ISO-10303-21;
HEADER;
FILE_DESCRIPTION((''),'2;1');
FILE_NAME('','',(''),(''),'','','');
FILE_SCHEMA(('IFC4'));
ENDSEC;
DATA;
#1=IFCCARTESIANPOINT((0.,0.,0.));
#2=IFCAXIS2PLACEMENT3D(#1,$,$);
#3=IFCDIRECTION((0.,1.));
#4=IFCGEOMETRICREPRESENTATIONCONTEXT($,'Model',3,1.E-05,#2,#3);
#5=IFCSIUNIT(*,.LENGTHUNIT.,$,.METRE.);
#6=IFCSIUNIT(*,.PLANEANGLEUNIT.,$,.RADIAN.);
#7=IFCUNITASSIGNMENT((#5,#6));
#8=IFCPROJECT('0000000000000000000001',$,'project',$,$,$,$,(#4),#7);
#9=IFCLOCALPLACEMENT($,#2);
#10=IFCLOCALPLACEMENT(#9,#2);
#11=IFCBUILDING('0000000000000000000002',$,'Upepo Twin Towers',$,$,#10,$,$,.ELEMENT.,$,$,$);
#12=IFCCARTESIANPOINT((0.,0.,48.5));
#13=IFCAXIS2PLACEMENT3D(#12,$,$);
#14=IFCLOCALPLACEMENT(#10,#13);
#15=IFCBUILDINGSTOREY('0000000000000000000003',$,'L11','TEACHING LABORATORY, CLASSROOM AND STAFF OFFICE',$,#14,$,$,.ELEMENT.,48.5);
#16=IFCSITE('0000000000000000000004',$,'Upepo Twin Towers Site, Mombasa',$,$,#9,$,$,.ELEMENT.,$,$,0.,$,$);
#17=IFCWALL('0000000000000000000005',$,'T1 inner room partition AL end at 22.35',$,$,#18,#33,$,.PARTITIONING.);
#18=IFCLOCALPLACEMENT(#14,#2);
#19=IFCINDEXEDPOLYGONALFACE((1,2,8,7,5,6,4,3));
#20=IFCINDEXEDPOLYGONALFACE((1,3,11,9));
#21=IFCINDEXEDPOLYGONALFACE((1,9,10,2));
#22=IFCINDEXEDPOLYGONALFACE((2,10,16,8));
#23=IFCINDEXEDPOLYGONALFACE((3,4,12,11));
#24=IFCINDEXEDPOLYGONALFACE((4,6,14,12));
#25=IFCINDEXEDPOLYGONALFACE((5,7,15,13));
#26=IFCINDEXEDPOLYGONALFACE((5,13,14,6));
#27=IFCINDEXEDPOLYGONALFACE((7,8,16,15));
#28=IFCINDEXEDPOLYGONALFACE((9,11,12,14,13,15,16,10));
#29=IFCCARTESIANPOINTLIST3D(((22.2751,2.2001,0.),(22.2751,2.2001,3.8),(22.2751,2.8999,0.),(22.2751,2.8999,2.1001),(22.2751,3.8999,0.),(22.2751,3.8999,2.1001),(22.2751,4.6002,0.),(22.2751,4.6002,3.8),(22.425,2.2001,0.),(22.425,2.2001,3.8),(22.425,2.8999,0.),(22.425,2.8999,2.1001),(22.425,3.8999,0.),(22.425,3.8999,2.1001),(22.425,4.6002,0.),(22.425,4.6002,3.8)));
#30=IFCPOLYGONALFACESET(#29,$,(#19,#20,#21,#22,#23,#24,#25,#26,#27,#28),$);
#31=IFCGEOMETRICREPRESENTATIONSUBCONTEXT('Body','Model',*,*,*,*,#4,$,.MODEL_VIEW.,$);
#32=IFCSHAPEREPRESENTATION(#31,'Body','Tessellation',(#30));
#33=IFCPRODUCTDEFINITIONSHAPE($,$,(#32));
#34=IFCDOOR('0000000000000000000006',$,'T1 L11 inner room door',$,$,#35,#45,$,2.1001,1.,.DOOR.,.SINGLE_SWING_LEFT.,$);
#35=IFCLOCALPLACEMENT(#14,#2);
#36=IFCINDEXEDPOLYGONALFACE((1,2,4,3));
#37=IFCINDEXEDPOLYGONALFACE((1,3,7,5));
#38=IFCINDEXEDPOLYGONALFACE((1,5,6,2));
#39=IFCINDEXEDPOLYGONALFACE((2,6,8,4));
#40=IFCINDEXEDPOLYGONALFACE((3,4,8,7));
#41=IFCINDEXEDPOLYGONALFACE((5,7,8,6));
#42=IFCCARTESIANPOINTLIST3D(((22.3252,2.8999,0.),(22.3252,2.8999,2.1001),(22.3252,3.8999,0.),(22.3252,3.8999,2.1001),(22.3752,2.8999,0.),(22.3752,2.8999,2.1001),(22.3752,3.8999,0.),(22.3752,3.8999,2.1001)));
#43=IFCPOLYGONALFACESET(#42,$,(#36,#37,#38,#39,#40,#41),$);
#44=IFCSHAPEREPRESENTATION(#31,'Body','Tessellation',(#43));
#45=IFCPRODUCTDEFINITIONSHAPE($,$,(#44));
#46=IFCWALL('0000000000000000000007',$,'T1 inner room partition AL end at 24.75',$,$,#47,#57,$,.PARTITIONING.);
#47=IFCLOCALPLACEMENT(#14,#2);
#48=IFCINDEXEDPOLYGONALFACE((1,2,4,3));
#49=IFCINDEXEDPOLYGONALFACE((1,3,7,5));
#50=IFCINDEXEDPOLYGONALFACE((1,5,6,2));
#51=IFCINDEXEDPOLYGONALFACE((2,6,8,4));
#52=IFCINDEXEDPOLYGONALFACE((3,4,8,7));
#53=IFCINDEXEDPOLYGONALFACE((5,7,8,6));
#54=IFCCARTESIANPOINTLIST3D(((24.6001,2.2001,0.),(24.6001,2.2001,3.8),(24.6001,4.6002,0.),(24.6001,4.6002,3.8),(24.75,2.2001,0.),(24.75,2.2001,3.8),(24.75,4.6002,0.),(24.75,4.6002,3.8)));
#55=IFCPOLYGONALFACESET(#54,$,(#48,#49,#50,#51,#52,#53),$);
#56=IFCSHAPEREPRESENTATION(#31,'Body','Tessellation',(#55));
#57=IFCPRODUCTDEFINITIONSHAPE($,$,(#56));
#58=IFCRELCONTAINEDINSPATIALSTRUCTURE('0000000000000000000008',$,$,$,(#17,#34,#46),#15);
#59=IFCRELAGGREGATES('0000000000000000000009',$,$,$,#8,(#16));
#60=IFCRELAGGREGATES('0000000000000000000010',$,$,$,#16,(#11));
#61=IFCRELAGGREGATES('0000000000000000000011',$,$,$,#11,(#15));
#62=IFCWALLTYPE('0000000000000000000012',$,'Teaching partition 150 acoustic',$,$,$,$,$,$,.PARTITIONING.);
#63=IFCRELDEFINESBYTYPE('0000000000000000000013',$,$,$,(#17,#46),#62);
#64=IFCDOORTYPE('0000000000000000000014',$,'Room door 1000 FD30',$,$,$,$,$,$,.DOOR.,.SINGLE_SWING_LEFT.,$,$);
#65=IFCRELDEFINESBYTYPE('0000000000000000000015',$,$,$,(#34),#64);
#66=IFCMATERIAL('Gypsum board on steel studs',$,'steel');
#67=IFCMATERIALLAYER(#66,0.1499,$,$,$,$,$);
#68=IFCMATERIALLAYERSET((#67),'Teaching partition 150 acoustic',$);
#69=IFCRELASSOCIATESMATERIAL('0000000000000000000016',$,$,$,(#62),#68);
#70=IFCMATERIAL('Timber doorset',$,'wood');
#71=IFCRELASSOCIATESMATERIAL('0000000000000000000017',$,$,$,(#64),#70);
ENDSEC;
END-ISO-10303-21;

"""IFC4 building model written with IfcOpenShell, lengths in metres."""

from ifc_helpers import new_model, si_unit, direction, frame, frame_2d, origin, place, context, subcontext, project, spatial, rectangle, extrude, material, layer, layer_set, type_object, element, fill, save


model = new_model("IFC4")

# Units and contexts
model_context = context("Model", 3, precision=1e-05, world=origin(), true_north=direction((0.0, 1.0)))
body_context = subcontext(model_context, "Body", "Model", "MODEL_VIEW")
ifc_project = project(units=[si_unit("LENGTHUNIT", "METRE"), si_unit("PLANEANGLEUNIT", "RADIAN")], contexts=[model_context])

# Site, building, storey
site_placement = place(None, origin())
site = spatial("IfcSite", under=ifc_project, at=site_placement, Name="Upepo Twin Towers Site, Mombasa", CompositionType="ELEMENT", RefElevation=0.0)
building_placement = place(site_placement, origin())
building = spatial("IfcBuilding", under=site, at=building_placement, Name="Upepo Twin Towers", CompositionType="ELEMENT")
storey_placement = place(building_placement, frame((0.0, 0.0, 48.5)))
storey = spatial("IfcBuildingStorey", under=building, at=storey_placement, Name="L11", Description="TEACHING LABORATORY, CLASSROOM AND STAFF OFFICE", CompositionType="ELEMENT", Elevation=48.5)

# Shared definitions
ifc_material_1 = material(Name="Gypsum board on steel studs", Category="steel")
ifc_layer_1 = layer(ifc_material_1, 0.1499)
ifc_layer_set_1 = layer_set([ifc_layer_1], Name="Teaching partition 150 acoustic")
wall_type_1 = type_object("IfcWallType", Name="Teaching partition 150 acoustic", PredefinedType="PARTITIONING", material=ifc_layer_set_1)

# Wall, opening, door
wall_1_placement = place(storey_placement, frame((22.3501, 2.2, 0.0), z_axis=(0.0, 0.0, 1.0), x_axis=(0.0, 1.0, 0.0)))
wall_1 = element("IfcWall", 1, at=wall_1_placement, inside=storey, type_object=wall_type_1, Name="T1 inner room partition AL end at 22.35", PredefinedType="PARTITIONING", context=body_context, shape_type="SweptSolid", body=[
    extrude(rectangle(XDim=2.4001, YDim=0.1499, at=frame_2d((1.2002, 0.0))), origin(), (0.0, 0.0, 1.0), 3.8),
])
opening_placement = place(wall_1_placement, frame((0.7, 0.0, 0.0)))
opening = element("IfcOpeningElement", 2, at=opening_placement, cuts=wall_1, PredefinedType="OPENING", context=body_context, shape_type="SweptSolid", body=[
    extrude(rectangle(XDim=1.0, YDim=2.1001, at=frame_2d((0.5, 1.05))), frame((0.0, 0.085, 0.0), z_axis=(0.0, -1.0, 0.0), x_axis=(1.0, 0.0, 0.0)), (0.0, 0.0, 1.0), 0.1699),
])
ifc_material_2 = material(Name="Timber doorset", Category="wood")
door_type = type_object("IfcDoorType", Name="Room door 1000 FD30", OperationType="SINGLE_SWING_LEFT", PredefinedType="DOOR", material=ifc_material_2)
door_placement = place(opening_placement, origin())
door = element("IfcDoor", 3, at=door_placement, inside=storey, type_object=door_type, Name="T1 L11 inner room door", OperationType="SINGLE_SWING_LEFT", OverallHeight=2.1001, OverallWidth=1.0, PredefinedType="DOOR", context=body_context, shape_type="SweptSolid", body=[
    extrude(rectangle(XDim=1.0, YDim=2.1001, at=frame_2d((0.5, 1.05))), frame((0.0, 0.0249, 0.0), z_axis=(0.0, -1.0, 0.0), x_axis=(1.0, 0.0, 0.0)), (0.0, 0.0, 1.0), 0.05),
])
fill(opening, door)

# Wall
wall_2_placement = place(storey_placement, frame((24.675, 2.2, 0.0), z_axis=(0.0, 0.0, 1.0), x_axis=(0.0, 1.0, 0.0)))
element("IfcWall", 4, at=wall_2_placement, inside=storey, type_object=wall_type_1, Name="T1 inner room partition AL end at 24.75", PredefinedType="PARTITIONING", context=body_context, shape_type="SweptSolid", body=[
    extrude(rectangle(XDim=2.4001, YDim=0.1499, at=frame_2d((1.2002, 0.0))), origin(), (0.0, 0.0, 1.0), 3.8),
])

save(model, "model.ifc")
